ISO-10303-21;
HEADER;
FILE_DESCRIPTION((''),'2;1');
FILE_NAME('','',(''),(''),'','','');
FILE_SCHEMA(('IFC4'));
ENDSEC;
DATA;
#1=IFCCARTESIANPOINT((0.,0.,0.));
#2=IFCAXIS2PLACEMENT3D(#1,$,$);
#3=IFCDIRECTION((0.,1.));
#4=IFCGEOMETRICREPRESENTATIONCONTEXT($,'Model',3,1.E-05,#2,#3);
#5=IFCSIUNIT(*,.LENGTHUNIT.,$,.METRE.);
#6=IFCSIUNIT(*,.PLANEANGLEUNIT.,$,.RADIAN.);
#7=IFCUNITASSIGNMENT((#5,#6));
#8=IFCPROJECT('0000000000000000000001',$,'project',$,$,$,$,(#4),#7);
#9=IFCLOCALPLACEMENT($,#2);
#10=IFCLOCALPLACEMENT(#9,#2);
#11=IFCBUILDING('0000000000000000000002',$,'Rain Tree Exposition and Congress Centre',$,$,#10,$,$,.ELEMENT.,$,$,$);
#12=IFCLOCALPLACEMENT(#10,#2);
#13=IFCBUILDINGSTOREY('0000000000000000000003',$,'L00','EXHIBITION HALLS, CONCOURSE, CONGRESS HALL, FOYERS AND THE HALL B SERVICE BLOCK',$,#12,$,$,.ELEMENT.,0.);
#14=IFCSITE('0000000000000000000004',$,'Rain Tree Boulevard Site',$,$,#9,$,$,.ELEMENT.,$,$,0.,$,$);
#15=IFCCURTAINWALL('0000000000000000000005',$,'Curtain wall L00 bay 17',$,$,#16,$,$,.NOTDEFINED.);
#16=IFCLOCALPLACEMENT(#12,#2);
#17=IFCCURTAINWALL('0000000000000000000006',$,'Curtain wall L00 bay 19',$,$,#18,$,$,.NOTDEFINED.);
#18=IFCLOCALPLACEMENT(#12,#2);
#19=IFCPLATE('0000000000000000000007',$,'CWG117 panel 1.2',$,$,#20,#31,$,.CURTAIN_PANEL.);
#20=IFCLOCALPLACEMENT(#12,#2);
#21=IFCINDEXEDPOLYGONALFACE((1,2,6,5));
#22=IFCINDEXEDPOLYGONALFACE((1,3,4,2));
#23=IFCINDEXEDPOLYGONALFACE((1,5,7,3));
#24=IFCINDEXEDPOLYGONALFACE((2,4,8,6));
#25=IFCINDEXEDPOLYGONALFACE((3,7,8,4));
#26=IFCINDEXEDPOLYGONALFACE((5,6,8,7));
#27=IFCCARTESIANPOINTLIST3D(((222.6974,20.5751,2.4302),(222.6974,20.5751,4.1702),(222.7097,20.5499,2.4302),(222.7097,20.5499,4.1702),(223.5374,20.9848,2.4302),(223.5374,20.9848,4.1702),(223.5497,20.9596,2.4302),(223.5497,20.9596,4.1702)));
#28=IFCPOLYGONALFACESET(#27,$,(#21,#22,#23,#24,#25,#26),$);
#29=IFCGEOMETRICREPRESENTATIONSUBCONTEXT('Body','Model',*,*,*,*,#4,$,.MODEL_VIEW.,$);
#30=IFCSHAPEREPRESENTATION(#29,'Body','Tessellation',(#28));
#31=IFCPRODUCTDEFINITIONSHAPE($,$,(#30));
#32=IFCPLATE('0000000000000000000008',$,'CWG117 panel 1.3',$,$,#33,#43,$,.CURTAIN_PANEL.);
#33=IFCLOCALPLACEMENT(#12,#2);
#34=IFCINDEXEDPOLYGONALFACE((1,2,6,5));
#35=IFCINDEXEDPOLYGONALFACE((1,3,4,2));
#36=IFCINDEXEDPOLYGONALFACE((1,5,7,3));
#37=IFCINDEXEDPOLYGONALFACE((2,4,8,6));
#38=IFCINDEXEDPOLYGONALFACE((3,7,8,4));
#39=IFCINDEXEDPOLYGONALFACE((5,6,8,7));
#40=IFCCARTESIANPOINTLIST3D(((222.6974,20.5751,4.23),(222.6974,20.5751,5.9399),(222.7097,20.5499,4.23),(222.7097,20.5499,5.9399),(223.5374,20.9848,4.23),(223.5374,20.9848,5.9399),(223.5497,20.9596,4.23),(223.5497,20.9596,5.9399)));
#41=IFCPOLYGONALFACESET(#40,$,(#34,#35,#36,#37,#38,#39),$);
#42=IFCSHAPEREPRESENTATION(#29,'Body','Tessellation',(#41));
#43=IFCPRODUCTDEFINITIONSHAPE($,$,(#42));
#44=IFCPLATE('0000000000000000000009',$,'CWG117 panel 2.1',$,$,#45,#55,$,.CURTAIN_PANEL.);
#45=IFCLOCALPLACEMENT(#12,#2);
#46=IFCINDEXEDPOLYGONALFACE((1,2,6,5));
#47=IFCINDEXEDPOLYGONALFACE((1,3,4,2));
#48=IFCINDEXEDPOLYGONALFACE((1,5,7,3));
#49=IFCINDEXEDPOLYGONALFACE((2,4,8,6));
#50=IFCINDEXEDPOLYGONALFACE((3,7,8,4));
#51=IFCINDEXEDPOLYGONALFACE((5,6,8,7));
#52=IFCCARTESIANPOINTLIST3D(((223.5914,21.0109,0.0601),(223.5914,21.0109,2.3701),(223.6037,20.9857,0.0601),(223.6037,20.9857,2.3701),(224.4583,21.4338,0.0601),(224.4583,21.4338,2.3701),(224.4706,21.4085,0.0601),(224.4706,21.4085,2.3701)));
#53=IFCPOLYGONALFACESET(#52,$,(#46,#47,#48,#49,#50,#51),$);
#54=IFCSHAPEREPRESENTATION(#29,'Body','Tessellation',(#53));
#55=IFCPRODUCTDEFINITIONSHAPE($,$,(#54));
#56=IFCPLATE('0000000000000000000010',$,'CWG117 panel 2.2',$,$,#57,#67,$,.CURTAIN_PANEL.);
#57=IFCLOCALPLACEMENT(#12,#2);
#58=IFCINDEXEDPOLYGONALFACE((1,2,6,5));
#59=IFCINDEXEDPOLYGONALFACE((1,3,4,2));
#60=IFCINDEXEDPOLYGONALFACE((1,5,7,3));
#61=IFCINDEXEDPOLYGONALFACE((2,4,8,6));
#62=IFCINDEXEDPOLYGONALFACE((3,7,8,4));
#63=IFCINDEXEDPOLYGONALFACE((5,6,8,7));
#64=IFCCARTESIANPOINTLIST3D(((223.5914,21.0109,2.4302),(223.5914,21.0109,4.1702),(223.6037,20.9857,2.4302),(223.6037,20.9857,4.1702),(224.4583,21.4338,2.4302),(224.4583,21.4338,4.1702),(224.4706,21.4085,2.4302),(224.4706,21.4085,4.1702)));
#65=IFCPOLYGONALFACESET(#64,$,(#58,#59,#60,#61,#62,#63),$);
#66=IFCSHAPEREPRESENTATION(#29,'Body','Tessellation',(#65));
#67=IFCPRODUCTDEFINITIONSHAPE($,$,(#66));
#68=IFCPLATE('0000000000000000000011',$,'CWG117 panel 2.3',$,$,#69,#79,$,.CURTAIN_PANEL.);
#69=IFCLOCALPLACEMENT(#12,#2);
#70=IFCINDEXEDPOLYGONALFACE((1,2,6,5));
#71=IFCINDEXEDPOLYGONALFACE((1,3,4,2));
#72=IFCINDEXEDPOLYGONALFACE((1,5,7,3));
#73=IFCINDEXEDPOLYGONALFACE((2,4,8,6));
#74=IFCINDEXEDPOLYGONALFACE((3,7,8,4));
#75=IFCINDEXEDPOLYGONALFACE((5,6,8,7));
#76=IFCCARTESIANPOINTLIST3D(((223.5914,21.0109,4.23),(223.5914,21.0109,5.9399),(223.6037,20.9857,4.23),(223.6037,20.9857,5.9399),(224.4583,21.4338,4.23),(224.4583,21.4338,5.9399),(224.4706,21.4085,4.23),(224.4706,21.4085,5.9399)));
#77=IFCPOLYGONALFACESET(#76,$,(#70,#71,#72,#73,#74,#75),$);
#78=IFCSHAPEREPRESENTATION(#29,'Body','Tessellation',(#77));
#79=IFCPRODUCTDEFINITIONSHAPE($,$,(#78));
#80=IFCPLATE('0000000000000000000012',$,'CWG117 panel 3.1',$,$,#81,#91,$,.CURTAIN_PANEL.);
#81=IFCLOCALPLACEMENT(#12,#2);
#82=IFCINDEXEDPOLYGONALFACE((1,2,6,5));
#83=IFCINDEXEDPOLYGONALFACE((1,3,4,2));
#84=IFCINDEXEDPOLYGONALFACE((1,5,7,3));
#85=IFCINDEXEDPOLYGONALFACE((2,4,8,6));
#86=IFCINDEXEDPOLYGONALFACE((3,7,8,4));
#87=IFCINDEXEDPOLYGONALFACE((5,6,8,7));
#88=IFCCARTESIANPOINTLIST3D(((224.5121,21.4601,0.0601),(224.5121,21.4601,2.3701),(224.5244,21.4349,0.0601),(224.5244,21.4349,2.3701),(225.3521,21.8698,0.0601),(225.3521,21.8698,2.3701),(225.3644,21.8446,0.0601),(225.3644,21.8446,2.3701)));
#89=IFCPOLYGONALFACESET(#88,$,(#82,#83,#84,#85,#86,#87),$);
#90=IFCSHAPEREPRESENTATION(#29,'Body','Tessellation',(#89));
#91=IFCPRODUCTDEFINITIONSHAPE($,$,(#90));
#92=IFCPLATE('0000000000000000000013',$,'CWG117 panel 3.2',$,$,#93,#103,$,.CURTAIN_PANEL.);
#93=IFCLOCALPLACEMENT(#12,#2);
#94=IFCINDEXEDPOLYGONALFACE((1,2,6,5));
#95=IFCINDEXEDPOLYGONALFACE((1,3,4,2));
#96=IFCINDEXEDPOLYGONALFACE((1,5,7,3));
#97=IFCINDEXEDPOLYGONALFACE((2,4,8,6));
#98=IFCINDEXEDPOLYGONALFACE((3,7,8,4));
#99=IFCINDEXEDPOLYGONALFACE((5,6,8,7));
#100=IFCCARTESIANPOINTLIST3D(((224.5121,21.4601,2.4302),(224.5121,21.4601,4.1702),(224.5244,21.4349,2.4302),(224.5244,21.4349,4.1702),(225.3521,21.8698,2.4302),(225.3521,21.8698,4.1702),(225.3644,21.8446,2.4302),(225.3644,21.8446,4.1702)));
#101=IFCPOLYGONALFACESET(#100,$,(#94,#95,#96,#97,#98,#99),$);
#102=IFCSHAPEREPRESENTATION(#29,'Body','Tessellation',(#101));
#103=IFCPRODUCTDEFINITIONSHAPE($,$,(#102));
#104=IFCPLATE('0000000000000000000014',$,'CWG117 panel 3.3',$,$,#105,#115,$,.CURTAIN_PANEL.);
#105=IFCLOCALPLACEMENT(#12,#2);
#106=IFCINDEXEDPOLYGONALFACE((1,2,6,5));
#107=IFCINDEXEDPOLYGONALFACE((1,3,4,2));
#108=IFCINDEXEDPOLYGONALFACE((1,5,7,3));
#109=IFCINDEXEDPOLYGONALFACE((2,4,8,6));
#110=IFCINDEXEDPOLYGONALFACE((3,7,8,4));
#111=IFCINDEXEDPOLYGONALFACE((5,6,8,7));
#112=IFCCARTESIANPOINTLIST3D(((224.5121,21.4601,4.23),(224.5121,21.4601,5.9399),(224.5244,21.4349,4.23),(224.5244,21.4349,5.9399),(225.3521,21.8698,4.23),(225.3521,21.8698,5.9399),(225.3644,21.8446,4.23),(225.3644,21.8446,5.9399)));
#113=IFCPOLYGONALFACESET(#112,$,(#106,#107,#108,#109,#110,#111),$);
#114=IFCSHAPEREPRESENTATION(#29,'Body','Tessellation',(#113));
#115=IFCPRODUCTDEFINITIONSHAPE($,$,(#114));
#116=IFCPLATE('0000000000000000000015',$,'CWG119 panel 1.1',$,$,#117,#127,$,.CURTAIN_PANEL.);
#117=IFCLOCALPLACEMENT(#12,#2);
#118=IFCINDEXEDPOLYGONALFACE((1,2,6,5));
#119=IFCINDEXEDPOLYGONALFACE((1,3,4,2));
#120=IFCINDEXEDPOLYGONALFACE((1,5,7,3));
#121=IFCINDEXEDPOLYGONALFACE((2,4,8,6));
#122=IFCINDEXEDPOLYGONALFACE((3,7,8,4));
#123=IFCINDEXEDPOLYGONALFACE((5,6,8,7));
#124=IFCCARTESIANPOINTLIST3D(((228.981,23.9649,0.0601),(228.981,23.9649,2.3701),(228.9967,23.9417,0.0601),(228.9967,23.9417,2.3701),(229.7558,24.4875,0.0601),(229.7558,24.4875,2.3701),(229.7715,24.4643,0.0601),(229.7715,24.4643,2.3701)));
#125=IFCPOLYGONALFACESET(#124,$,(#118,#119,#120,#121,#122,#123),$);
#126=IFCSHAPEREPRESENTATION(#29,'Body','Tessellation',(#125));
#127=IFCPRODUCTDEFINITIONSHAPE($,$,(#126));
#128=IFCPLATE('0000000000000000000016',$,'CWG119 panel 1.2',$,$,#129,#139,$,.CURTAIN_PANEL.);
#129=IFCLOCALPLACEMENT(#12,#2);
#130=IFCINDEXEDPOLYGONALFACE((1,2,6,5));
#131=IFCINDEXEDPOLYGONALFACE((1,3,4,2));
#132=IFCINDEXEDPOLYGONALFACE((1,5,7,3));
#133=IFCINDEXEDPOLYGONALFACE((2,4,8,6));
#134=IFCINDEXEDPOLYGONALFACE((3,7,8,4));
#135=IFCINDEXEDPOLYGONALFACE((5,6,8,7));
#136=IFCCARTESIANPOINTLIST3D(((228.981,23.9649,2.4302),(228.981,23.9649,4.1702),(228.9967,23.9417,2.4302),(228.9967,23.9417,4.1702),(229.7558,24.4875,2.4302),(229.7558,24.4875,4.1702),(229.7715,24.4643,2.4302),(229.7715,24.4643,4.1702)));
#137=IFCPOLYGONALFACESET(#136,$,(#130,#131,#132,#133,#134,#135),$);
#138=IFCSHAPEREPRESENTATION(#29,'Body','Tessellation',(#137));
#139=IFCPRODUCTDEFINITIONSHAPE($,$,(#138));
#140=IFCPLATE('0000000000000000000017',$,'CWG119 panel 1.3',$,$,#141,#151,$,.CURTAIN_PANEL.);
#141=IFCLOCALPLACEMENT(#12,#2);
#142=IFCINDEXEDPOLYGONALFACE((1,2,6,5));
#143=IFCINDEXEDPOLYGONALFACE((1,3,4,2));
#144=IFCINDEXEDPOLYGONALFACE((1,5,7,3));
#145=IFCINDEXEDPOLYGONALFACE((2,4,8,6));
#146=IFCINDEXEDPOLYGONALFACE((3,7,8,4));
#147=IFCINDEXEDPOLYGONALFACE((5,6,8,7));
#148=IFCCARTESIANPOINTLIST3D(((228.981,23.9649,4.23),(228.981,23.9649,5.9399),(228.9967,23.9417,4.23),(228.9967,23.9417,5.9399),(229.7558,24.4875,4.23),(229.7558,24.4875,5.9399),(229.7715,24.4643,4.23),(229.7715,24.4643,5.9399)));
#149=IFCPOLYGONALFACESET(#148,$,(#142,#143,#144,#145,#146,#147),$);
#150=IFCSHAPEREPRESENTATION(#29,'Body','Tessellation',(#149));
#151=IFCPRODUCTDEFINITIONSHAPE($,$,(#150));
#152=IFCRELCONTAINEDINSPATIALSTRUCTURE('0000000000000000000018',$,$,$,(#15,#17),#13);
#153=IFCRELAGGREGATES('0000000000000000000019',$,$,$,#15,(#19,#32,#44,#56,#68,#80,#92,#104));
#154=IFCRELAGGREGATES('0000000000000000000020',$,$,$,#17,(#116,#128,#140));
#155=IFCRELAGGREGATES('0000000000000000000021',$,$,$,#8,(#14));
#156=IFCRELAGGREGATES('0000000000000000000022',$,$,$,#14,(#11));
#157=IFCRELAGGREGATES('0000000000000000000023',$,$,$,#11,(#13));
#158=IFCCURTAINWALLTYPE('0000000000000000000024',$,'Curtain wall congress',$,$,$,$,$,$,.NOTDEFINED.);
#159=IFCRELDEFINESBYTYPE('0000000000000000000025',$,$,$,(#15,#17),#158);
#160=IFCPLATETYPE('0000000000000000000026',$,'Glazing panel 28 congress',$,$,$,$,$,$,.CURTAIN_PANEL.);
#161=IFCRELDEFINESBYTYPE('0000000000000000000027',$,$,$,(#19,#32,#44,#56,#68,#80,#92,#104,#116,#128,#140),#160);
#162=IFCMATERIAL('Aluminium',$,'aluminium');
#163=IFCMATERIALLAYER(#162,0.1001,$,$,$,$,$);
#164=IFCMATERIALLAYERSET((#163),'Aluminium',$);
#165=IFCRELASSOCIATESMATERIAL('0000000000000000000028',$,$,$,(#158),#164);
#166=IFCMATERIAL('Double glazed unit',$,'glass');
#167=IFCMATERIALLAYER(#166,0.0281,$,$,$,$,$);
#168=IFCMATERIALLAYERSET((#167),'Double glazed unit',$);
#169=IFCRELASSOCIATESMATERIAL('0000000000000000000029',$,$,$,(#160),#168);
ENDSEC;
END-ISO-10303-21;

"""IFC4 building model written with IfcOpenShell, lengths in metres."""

from ifc_helpers import new_model, si_unit, direction, frame, origin, origin_2d, place, context, subcontext, project, spatial, rectangle, extrude, material, layer, layer_set, type_object, element, aggregate, save


model = new_model("IFC4")

# Units and contexts
model_context = context("Model", 3, precision=1e-05, world=origin(), true_north=direction((0.0, 1.0)))
body_context = subcontext(model_context, "Body", "Model", "MODEL_VIEW")
ifc_project = project(units=[si_unit("LENGTHUNIT", "METRE"), si_unit("PLANEANGLEUNIT", "RADIAN")], contexts=[model_context])

# Site, building, storey
site_placement = place(None, origin())
site = spatial("IfcSite", under=ifc_project, at=site_placement, Name="Rain Tree Boulevard Site", CompositionType="ELEMENT", RefElevation=0.0)
building_placement = place(site_placement, origin())
building = spatial("IfcBuilding", under=site, at=building_placement, Name="Rain Tree Exposition and Congress Centre", CompositionType="ELEMENT")
storey_placement = place(building_placement, origin())
storey = spatial("IfcBuildingStorey", under=building, at=storey_placement, Name="L00", Description="EXHIBITION HALLS, CONCOURSE, CONGRESS HALL, FOYERS AND THE HALL B SERVICE BLOCK", CompositionType="ELEMENT", Elevation=0.0)

# Curtain walls
ifc_material_1 = material(Name="Aluminium", Category="aluminium")
ifc_layer_1 = layer(ifc_material_1, 0.1001)
ifc_layer_set_1 = layer_set([ifc_layer_1], Name="Aluminium")
curtain_wall_type = type_object("IfcCurtainWallType", Name="Curtain wall congress", PredefinedType="NOTDEFINED", material=ifc_layer_set_1)
curtain_wall_1_placement = place(storey_placement, origin())
curtain_wall_1 = element("IfcCurtainWall", 1, at=curtain_wall_1_placement, inside=storey, type_object=curtain_wall_type, Name="Curtain wall L00 bay 17", PredefinedType="NOTDEFINED")
curtain_wall_2_placement = place(storey_placement, origin())
curtain_wall_2 = element("IfcCurtainWall", 2, at=curtain_wall_2_placement, inside=storey, type_object=curtain_wall_type, Name="Curtain wall L00 bay 19", PredefinedType="NOTDEFINED")

# Plates
ifc_material_2 = material(Name="Double glazed unit", Category="glass")
ifc_layer_2 = layer(ifc_material_2, 0.0281)
ifc_layer_set_2 = layer_set([ifc_layer_2], Name="Double glazed unit")
plate_type = type_object("IfcPlateType", Name="Glazing panel 28 congress", PredefinedType="CURTAIN_PANEL", material=ifc_layer_set_2)
plate_1_placement = place(storey_placement, frame((223.1235, 20.7673, 2.4302), z_axis=(0.0, 0.0, 1.0), x_axis=(0.898795, 0.438369, 0.0)))
plate_1 = element("IfcPlate", 3, at=plate_1_placement, type_object=plate_type, Name="CWG117 panel 1.2", PredefinedType="CURTAIN_PANEL", context=body_context, shape_type="SweptSolid", body=[
    extrude(rectangle(XDim=0.9346, YDim=0.0281, at=origin_2d()), origin(), (0.0, 0.0, 1.0), 1.74),
])
plate_2_placement = place(storey_placement, frame((223.1235, 20.7673, 4.23), z_axis=(0.0, 0.0, 1.0), x_axis=(0.898795, 0.438369, 0.0)))
plate_2 = element("IfcPlate", 4, at=plate_2_placement, type_object=plate_type, Name="CWG117 panel 1.3", PredefinedType="CURTAIN_PANEL", context=body_context, shape_type="SweptSolid", body=[
    extrude(rectangle(XDim=0.9346, YDim=0.0281, at=origin_2d()), origin(), (0.0, 0.0, 1.0), 1.71),
])
plate_3_placement = place(storey_placement, frame((224.031, 21.2097, 0.0601), z_axis=(0.0, 0.0, 1.0), x_axis=(0.898795, 0.438369, 0.0)))
plate_3 = element("IfcPlate", 5, at=plate_3_placement, type_object=plate_type, Name="CWG117 panel 2.1", PredefinedType="CURTAIN_PANEL", context=body_context, shape_type="SweptSolid", body=[
    extrude(rectangle(XDim=0.9646, YDim=0.0281, at=origin_2d()), origin(), (0.0, 0.0, 1.0), 2.3101),
])
plate_4_placement = place(storey_placement, frame((224.031, 21.2097, 2.4302), z_axis=(0.0, 0.0, 1.0), x_axis=(0.898795, 0.438369, 0.0)))
plate_4 = element("IfcPlate", 6, at=plate_4_placement, type_object=plate_type, Name="CWG117 panel 2.2", PredefinedType="CURTAIN_PANEL", context=body_context, shape_type="SweptSolid", body=[
    extrude(rectangle(XDim=0.9646, YDim=0.0281, at=origin_2d()), origin(), (0.0, 0.0, 1.0), 1.74),
])
plate_5_placement = place(storey_placement, frame((224.031, 21.2097, 4.23), z_axis=(0.0, 0.0, 1.0), x_axis=(0.898795, 0.438369, 0.0)))
plate_5 = element("IfcPlate", 7, at=plate_5_placement, type_object=plate_type, Name="CWG117 panel 2.3", PredefinedType="CURTAIN_PANEL", context=body_context, shape_type="SweptSolid", body=[
    extrude(rectangle(XDim=0.9646, YDim=0.0281, at=origin_2d()), origin(), (0.0, 0.0, 1.0), 1.71),
])
plate_6_placement = place(storey_placement, frame((224.9382, 21.6523, 0.0601), z_axis=(0.0, 0.0, 1.0), x_axis=(0.898795, 0.438369, 0.0)))
plate_6 = element("IfcPlate", 8, at=plate_6_placement, type_object=plate_type, Name="CWG117 panel 3.1", PredefinedType="CURTAIN_PANEL", context=body_context, shape_type="SweptSolid", body=[
    extrude(rectangle(XDim=0.9346, YDim=0.0281, at=origin_2d()), origin(), (0.0, 0.0, 1.0), 2.3101),
])
plate_7_placement = place(storey_placement, frame((224.9382, 21.6523, 2.4302), z_axis=(0.0, 0.0, 1.0), x_axis=(0.898795, 0.438369, 0.0)))
plate_7 = element("IfcPlate", 9, at=plate_7_placement, type_object=plate_type, Name="CWG117 panel 3.2", PredefinedType="CURTAIN_PANEL", context=body_context, shape_type="SweptSolid", body=[
    extrude(rectangle(XDim=0.9346, YDim=0.0281, at=origin_2d()), origin(), (0.0, 0.0, 1.0), 1.74),
])
plate_8_placement = place(storey_placement, frame((224.9382, 21.6523, 4.23), z_axis=(0.0, 0.0, 1.0), x_axis=(0.898795, 0.438369, 0.0)))
plate_8 = element("IfcPlate", 10, at=plate_8_placement, type_object=plate_type, Name="CWG117 panel 3.3", PredefinedType="CURTAIN_PANEL", context=body_context, shape_type="SweptSolid", body=[
    extrude(rectangle(XDim=0.9346, YDim=0.0281, at=origin_2d()), origin(), (0.0, 0.0, 1.0), 1.71),
])
aggregate(curtain_wall_1, [plate_1, plate_2, plate_3, plate_4, plate_5, plate_6, plate_7, plate_8])
plate_9_placement = place(storey_placement, frame((229.3762, 24.2146, 0.0601), z_axis=(0.0, 0.0, 1.0), x_axis=(0.829035, 0.559197, 0.0)))
plate_9 = element("IfcPlate", 11, at=plate_9_placement, type_object=plate_type, Name="CWG119 panel 1.1", PredefinedType="CURTAIN_PANEL", context=body_context, shape_type="SweptSolid", body=[
    extrude(rectangle(XDim=0.9346, YDim=0.0281, at=origin_2d()), origin(), (0.0, 0.0, 1.0), 2.3101),
])
plate_10_placement = place(storey_placement, frame((229.3762, 24.2146, 2.4302), z_axis=(0.0, 0.0, 1.0), x_axis=(0.829035, 0.559197, 0.0)))
plate_10 = element("IfcPlate", 12, at=plate_10_placement, type_object=plate_type, Name="CWG119 panel 1.2", PredefinedType="CURTAIN_PANEL", context=body_context, shape_type="SweptSolid", body=[
    extrude(rectangle(XDim=0.9346, YDim=0.0281, at=origin_2d()), origin(), (0.0, 0.0, 1.0), 1.74),
])
plate_11_placement = place(storey_placement, frame((229.3762, 24.2146, 4.23), z_axis=(0.0, 0.0, 1.0), x_axis=(0.829035, 0.559197, 0.0)))
plate_11 = element("IfcPlate", 13, at=plate_11_placement, type_object=plate_type, Name="CWG119 panel 1.3", PredefinedType="CURTAIN_PANEL", context=body_context, shape_type="SweptSolid", body=[
    extrude(rectangle(XDim=0.9346, YDim=0.0281, at=origin_2d()), origin(), (0.0, 0.0, 1.0), 1.71),
])
aggregate(curtain_wall_2, [plate_9, plate_10, plate_11])

save(model, "model.ifc")
